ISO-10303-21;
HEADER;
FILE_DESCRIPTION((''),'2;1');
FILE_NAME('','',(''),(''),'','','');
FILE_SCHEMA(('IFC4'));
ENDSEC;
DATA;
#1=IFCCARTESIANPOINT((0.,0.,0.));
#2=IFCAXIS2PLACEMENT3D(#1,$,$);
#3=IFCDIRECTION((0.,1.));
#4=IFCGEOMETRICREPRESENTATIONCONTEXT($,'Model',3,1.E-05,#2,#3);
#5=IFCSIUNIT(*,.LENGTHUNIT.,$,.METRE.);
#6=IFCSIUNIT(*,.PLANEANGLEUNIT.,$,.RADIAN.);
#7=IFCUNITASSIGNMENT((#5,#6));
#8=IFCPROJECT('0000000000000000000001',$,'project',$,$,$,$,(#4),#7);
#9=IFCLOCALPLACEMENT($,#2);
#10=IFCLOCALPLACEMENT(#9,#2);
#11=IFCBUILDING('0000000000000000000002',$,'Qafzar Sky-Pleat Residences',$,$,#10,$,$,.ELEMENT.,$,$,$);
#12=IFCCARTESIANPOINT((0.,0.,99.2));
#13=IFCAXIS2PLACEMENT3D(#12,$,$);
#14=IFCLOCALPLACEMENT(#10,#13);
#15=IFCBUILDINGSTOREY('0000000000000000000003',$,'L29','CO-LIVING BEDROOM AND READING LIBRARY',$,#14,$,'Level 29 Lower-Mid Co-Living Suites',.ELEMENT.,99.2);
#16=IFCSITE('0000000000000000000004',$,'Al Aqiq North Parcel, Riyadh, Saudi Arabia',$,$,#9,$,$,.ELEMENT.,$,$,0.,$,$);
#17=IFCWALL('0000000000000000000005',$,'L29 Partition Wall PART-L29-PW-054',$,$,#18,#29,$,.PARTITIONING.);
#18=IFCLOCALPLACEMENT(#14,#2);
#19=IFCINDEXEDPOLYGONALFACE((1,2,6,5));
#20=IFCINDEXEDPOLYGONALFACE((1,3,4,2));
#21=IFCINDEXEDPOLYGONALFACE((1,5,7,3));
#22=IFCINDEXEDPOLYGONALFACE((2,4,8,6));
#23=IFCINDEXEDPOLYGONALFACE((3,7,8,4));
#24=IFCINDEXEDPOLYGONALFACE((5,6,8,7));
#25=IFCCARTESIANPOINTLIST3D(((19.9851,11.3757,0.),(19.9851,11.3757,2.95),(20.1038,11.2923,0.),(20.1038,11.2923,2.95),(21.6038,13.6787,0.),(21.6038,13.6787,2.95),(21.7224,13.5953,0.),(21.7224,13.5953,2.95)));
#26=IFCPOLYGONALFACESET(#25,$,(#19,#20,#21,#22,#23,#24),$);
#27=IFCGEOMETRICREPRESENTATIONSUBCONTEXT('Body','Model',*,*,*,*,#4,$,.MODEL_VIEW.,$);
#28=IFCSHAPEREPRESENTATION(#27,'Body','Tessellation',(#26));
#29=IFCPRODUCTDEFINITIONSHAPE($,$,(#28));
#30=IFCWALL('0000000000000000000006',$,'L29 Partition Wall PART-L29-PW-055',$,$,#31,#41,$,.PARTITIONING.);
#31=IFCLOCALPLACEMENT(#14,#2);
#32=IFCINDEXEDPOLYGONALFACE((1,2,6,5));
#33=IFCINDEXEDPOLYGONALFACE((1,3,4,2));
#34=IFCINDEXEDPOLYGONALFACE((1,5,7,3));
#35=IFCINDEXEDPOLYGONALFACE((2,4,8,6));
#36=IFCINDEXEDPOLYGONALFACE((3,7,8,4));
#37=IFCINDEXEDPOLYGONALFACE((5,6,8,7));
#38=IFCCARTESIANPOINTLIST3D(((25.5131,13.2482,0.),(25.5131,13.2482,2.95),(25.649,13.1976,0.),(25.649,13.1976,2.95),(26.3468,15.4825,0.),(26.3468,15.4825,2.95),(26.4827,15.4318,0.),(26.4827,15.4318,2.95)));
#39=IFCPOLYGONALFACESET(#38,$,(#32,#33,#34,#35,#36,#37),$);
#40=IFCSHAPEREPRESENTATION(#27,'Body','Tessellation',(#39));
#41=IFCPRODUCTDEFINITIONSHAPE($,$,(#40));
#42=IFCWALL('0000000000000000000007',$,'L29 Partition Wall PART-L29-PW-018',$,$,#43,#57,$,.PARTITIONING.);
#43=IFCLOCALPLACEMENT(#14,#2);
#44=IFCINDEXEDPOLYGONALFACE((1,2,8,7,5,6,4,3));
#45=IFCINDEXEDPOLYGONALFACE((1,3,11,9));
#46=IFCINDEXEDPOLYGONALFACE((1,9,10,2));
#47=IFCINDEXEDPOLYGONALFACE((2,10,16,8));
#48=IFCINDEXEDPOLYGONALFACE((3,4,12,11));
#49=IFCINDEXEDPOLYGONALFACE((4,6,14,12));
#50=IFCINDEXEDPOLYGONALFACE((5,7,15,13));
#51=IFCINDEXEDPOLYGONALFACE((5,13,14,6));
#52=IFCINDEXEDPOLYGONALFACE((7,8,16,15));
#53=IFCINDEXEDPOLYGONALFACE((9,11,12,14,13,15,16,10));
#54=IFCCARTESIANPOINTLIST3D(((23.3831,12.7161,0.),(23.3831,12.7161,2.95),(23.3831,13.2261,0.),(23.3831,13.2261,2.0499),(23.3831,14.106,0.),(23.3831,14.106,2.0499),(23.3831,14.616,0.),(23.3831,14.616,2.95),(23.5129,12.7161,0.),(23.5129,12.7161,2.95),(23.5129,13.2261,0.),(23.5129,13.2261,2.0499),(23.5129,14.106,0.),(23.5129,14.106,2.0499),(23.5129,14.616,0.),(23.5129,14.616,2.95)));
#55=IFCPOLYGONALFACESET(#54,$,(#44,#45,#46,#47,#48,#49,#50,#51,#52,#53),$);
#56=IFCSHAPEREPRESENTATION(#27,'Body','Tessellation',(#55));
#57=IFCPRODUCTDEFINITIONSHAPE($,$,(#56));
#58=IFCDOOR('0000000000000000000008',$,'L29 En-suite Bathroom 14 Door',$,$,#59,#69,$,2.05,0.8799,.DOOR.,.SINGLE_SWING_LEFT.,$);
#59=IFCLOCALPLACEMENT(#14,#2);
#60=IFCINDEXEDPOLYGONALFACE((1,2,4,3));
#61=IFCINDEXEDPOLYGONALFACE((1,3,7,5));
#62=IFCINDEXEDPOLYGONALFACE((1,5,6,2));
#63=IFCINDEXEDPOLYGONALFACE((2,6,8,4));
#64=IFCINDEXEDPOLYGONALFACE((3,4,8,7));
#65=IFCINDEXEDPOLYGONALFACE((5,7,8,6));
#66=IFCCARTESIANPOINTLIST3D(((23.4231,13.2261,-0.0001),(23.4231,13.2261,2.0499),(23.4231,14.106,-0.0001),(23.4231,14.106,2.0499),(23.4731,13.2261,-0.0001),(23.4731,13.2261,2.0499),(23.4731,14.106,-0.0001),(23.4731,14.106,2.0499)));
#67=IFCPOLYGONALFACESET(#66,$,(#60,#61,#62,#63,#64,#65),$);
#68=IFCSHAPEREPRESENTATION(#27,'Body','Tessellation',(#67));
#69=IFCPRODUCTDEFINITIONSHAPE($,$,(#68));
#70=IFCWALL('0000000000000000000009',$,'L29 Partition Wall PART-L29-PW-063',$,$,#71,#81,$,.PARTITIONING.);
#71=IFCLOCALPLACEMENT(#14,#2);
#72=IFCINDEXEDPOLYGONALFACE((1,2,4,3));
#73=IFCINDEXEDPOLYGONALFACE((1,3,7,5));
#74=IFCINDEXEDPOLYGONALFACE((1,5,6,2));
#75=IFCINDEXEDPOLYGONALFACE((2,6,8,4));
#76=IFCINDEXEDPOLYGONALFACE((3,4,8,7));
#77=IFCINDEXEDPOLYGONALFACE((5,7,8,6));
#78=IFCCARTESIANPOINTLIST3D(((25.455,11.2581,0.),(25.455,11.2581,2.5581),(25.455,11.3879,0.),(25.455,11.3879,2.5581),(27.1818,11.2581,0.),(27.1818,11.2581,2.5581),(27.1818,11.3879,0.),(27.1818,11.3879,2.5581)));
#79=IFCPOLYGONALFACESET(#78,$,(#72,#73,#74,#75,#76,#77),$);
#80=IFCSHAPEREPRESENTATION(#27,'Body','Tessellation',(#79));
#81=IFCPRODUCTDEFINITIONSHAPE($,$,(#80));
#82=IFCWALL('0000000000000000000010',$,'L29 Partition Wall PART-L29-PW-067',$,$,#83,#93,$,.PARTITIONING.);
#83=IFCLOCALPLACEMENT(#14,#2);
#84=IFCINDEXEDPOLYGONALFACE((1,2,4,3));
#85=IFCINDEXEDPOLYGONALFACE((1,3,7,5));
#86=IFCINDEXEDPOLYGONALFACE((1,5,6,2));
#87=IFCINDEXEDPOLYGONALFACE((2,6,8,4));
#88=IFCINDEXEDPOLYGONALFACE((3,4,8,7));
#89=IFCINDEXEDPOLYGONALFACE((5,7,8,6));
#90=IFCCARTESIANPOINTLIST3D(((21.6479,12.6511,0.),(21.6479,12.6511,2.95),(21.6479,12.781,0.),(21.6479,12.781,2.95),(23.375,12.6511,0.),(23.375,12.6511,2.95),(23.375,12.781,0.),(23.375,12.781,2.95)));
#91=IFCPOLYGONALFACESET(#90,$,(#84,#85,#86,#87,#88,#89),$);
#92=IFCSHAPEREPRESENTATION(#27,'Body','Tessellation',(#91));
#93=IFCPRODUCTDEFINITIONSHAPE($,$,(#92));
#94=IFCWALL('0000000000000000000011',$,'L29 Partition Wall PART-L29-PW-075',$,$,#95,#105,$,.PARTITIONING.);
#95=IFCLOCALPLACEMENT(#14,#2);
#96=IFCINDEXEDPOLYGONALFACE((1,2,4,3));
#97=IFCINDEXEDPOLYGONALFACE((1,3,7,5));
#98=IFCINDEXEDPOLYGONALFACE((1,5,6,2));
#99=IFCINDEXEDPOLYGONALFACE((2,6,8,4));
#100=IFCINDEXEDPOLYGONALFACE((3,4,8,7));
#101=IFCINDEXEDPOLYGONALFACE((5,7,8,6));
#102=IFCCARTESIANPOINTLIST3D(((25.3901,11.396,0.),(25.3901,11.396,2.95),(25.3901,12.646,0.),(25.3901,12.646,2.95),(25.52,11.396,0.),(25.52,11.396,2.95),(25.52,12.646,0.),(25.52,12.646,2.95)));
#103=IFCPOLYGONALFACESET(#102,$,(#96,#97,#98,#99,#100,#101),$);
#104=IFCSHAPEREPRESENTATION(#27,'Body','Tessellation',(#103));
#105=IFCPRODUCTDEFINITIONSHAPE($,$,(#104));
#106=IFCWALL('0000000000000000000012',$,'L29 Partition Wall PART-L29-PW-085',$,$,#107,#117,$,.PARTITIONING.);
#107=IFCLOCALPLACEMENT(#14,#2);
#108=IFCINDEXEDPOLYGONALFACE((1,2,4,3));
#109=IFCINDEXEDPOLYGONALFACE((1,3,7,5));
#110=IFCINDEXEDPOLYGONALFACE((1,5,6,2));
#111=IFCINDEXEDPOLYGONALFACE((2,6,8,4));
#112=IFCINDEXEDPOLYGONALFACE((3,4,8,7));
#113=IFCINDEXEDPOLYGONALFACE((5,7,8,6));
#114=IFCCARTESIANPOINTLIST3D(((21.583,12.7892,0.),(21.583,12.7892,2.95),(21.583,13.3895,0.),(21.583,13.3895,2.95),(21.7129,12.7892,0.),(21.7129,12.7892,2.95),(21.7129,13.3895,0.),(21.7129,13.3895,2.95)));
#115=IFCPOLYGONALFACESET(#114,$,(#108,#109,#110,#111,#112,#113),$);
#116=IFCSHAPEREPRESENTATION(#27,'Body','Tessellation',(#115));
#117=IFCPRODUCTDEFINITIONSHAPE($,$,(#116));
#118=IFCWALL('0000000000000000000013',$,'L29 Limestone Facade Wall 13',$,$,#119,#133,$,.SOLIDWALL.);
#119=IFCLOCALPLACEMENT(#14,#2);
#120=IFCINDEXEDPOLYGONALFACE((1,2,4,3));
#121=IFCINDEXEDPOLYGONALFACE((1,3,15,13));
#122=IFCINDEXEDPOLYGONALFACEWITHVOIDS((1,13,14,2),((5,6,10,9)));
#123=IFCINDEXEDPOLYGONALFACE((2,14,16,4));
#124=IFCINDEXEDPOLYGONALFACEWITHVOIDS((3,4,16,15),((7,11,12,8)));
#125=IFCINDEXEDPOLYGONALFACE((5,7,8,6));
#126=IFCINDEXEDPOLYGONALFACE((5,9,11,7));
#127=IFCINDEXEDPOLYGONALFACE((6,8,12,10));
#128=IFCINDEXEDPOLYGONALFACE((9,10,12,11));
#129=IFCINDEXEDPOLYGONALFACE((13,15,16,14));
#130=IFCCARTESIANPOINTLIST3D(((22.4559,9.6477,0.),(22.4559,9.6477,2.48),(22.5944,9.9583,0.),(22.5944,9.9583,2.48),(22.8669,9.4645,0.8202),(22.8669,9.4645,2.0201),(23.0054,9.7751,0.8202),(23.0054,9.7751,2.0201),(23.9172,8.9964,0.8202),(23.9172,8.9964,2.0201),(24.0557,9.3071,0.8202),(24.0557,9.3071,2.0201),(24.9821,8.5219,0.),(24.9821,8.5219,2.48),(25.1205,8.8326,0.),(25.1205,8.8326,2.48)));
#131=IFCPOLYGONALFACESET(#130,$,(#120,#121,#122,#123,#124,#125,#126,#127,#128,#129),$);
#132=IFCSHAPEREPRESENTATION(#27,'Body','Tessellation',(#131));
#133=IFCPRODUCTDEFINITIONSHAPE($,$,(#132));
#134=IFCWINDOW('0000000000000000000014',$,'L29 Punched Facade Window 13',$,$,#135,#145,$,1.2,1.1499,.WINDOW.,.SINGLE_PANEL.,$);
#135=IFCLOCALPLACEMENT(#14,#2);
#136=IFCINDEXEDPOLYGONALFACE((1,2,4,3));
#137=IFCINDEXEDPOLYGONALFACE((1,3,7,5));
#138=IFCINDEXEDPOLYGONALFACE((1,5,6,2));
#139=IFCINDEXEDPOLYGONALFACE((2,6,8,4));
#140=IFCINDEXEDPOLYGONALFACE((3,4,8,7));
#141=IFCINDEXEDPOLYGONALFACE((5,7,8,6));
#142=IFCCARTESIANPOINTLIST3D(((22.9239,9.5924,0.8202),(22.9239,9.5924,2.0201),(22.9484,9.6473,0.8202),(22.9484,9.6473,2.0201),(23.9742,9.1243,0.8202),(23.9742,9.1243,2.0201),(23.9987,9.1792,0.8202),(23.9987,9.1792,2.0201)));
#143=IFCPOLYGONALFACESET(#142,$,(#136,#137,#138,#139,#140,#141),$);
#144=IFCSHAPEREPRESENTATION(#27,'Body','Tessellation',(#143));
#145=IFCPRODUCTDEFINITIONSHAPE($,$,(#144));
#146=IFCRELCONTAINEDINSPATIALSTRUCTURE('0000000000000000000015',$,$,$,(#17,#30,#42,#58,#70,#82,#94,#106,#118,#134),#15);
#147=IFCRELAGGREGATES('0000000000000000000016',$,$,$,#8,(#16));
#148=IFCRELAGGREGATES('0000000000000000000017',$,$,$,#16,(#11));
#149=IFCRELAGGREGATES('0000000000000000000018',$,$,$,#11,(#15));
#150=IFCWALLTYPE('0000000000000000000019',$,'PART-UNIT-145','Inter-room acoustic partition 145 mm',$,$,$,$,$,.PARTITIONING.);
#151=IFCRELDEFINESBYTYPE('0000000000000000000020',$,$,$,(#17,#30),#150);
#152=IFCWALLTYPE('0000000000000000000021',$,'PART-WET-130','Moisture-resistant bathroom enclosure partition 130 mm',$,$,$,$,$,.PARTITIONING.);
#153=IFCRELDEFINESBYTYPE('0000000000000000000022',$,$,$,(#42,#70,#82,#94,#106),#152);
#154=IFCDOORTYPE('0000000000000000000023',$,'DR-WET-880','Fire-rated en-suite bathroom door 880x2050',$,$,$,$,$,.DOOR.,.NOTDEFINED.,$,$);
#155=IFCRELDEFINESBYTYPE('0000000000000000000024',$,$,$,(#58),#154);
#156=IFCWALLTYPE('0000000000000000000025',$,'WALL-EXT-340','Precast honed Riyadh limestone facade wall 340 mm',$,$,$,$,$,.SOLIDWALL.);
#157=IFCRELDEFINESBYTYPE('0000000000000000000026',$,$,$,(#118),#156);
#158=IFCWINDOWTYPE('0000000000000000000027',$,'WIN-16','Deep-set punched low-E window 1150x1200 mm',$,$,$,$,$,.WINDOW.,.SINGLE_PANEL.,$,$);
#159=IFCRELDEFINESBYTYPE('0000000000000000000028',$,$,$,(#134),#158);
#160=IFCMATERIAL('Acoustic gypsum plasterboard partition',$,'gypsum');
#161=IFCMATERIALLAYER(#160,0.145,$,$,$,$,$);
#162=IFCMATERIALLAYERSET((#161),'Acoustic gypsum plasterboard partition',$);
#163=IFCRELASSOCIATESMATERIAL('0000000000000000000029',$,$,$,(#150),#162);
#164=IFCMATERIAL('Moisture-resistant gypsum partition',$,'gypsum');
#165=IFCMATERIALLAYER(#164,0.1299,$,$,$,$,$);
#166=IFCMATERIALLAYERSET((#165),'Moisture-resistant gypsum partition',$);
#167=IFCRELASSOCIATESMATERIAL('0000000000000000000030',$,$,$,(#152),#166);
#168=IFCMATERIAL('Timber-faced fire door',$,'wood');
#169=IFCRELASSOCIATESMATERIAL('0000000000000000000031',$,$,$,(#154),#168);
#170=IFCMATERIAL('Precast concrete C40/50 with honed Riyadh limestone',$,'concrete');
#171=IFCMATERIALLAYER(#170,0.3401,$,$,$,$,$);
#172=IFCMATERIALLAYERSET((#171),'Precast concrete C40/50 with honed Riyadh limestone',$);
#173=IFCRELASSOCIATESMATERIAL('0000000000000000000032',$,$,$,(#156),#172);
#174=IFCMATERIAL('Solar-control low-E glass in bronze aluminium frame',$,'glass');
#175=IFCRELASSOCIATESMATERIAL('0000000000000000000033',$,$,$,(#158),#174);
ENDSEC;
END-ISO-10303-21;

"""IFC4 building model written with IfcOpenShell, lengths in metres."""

from ifc_helpers import new_model, si_unit, direction, frame, frame_2d, origin, place, context, subcontext, project, spatial, rectangle, extrude, source, transform, mapped, material, layer, layer_set, type_object, element, fill, save


model = new_model("IFC4")

# Units and contexts
model_context = context("Model", 3, precision=1e-05, world=origin(), true_north=direction((0.0, 1.0)))
body_context = subcontext(model_context, "Body", "Model", "MODEL_VIEW")
ifc_project = project(units=[si_unit("LENGTHUNIT", "METRE"), si_unit("PLANEANGLEUNIT", "RADIAN")], contexts=[model_context])

# Site, building, storey
site_placement = place(None, origin())
site = spatial("IfcSite", under=ifc_project, at=site_placement, Name="Al Aqiq North Parcel, Riyadh, Saudi Arabia", CompositionType="ELEMENT", RefElevation=0.0)
building_placement = place(site_placement, origin())
building = spatial("IfcBuilding", under=site, at=building_placement, Name="Qafzar Sky-Pleat Residences", CompositionType="ELEMENT")
storey_placement = place(building_placement, frame((0.0, 0.0, 99.2)))
storey = spatial("IfcBuildingStorey", under=building, at=storey_placement, Name="L29", Description="CO-LIVING BEDROOM AND READING LIBRARY", LongName="Level 29 Lower-Mid Co-Living Suites", CompositionType="ELEMENT", Elevation=99.2)

# Walls
ifc_material_1 = material(Name="Acoustic gypsum plasterboard partition", Category="gypsum")
ifc_layer_1 = layer(ifc_material_1, 0.145)
ifc_layer_set_1 = layer_set([ifc_layer_1], Name="Acoustic gypsum plasterboard partition")
wall_type_1 = type_object("IfcWallType", Name="PART-UNIT-145", Description="Inter-room acoustic partition 145 mm", PredefinedType="PARTITIONING", material=ifc_layer_set_1)
wall_1_placement = place(storey_placement, frame((20.0444, 11.334, 0.0), z_axis=(0.0, 0.0, 1.0), x_axis=(0.575027, 0.818134, 0.0)))
element("IfcWall", 1, at=wall_1_placement, inside=storey, type_object=wall_type_1, Name="L29 Partition Wall PART-L29-PW-054", PredefinedType="PARTITIONING", context=body_context, shape_type="SweptSolid", body=[
    extrude(rectangle(XDim=2.8149, YDim=0.145, at=frame_2d((1.4075, 0.0))), origin(), (0.0, 0.0, 1.0), 2.95),
])
wall_2_placement = place(storey_placement, frame((25.5811, 13.2229, 0.0), z_axis=(0.0, 0.0, 1.0), x_axis=(0.349597, 0.9369, 0.0)))
element("IfcWall", 2, at=wall_2_placement, inside=storey, type_object=wall_type_1, Name="L29 Partition Wall PART-L29-PW-055", PredefinedType="PARTITIONING", context=body_context, shape_type="SweptSolid", body=[
    extrude(rectangle(XDim=2.3848, YDim=0.145, at=frame_2d((1.1924, 0.0))), origin(), (0.0, 0.0, 1.0), 2.95),
])

# Wall, opening, door
ifc_material_2 = material(Name="Moisture-resistant gypsum partition", Category="gypsum")
ifc_layer_2 = layer(ifc_material_2, 0.1299)
ifc_layer_set_2 = layer_set([ifc_layer_2], Name="Moisture-resistant gypsum partition")
wall_type_2 = type_object("IfcWallType", Name="PART-WET-130", Description="Moisture-resistant bathroom enclosure partition 130 mm", PredefinedType="PARTITIONING", material=ifc_layer_set_2)
wall_3_placement = place(storey_placement, frame((23.448, 12.7161, 0.0), z_axis=(0.0, 0.0, 1.0), x_axis=(0.0, 1.0, 0.0)))
wall_3 = element("IfcWall", 3, at=wall_3_placement, inside=storey, type_object=wall_type_2, Name="L29 Partition Wall PART-L29-PW-018", PredefinedType="PARTITIONING", context=body_context, shape_type="SweptSolid", body=[
    extrude(rectangle(XDim=1.8999, YDim=0.1299, at=frame_2d((0.95, 0.0))), origin(), (0.0, 0.0, 1.0), 2.95),
])
opening_1_placement = place(wall_3_placement, frame((0.51, 0.0, 0.0)))
opening_1 = element("IfcOpeningElement", 4, at=opening_1_placement, cuts=wall_3, PredefinedType="OPENING", context=body_context, shape_type="SweptSolid", body=[
    extrude(rectangle(XDim=0.8799, YDim=2.05, at=frame_2d((0.4399, 1.0249))), frame((0.0, 0.075, 0.0), z_axis=(0.0, -1.0, 0.0), x_axis=(1.0, 0.0, 0.0)), (0.0, 0.0, 1.0), 0.1499),
])
ifc_material_3 = material(Name="Timber-faced fire door", Category="wood")
door_type = type_object("IfcDoorType", Name="DR-WET-880", Description="Fire-rated en-suite bathroom door 880x2050", OperationType="NOTDEFINED", PredefinedType="DOOR", material=ifc_material_3)
shared_shape_1 = source(origin(), body_context, "Body", "SweptSolid", [
    extrude(rectangle(XDim=0.8799, YDim=2.05, at=frame_2d((0.4399, 1.0249))), frame((0.0, 0.0249, 0.0), z_axis=(0.0, -1.0, 0.0), x_axis=(1.0, 0.0, 0.0)), (0.0, 0.0, 1.0), 0.05),
])
door_placement = place(opening_1_placement, origin())
door = element("IfcDoor", 5, at=door_placement, inside=storey, type_object=door_type, Name="L29 En-suite Bathroom 14 Door", OperationType="SINGLE_SWING_LEFT", OverallHeight=2.05, OverallWidth=0.8799, PredefinedType="DOOR", context=body_context, shape_type="MappedRepresentation", body=[
    mapped(shared_shape_1, transform((0.0, 0.0, 0.0), x_axis=(1.0, 0.0, 0.0), y_axis=(0.0, 1.0, 0.0), z_axis=(0.0, 0.0, 1.0), scale=1.0)),
])
fill(opening_1, door)

# Walls
wall_4_placement = place(storey_placement, frame((25.4551, 11.323, 0.0), z_axis=(0.0, 0.0, 1.0), x_axis=(1.0, 0.0, 0.0)))
element("IfcWall", 6, at=wall_4_placement, inside=storey, type_object=wall_type_2, Name="L29 Partition Wall PART-L29-PW-063", PredefinedType="PARTITIONING", context=body_context, shape_type="SweptSolid", body=[
    extrude(rectangle(XDim=1.7268, YDim=0.1299, at=frame_2d((0.8633, 0.0))), origin(), (0.0, 0.0, 1.0), 2.5581),
])
wall_5_placement = place(storey_placement, frame((21.6479, 12.7161, 0.0), z_axis=(0.0, 0.0, 1.0), x_axis=(1.0, 0.0, 0.0)))
element("IfcWall", 7, at=wall_5_placement, inside=storey, type_object=wall_type_2, Name="L29 Partition Wall PART-L29-PW-067", PredefinedType="PARTITIONING", context=body_context, shape_type="SweptSolid", body=[
    extrude(rectangle(XDim=1.7271, YDim=0.1299, at=frame_2d((0.8635, 0.0))), origin(), (0.0, 0.0, 1.0), 2.95),
])
wall_6_placement = place(storey_placement, frame((25.4551, 11.396, 0.0), z_axis=(0.0, 0.0, 1.0), x_axis=(0.0, 1.0, 0.0)))
element("IfcWall", 8, at=wall_6_placement, inside=storey, type_object=wall_type_2, Name="L29 Partition Wall PART-L29-PW-075", PredefinedType="PARTITIONING", context=body_context, shape_type="SweptSolid", body=[
    extrude(rectangle(XDim=1.25, YDim=0.1299, at=frame_2d((0.625, 0.0))), origin(), (0.0, 0.0, 1.0), 2.95),
])
wall_7_placement = place(storey_placement, frame((21.6479, 12.7891, 0.0), z_axis=(0.0, 0.0, 1.0), x_axis=(0.0, 1.0, 0.0)))
element("IfcWall", 9, at=wall_7_placement, inside=storey, type_object=wall_type_2, Name="L29 Partition Wall PART-L29-PW-085", PredefinedType="PARTITIONING", context=body_context, shape_type="SweptSolid", body=[
    extrude(rectangle(XDim=0.6003, YDim=0.1299, at=frame_2d((0.3003, 0.0))), origin(), (0.0, 0.0, 1.0), 2.95),
])

# Wall, opening, window
ifc_material_4 = material(Name="Precast concrete C40/50 with honed Riyadh limestone", Category="concrete")
ifc_layer_3 = layer(ifc_material_4, 0.3401)
ifc_layer_set_3 = layer_set([ifc_layer_3], Name="Precast concrete C40/50 with honed Riyadh limestone")
wall_type_3 = type_object("IfcWallType", Name="WALL-EXT-340", Description="Precast honed Riyadh limestone facade wall 340 mm", PredefinedType="SOLIDWALL", material=ifc_layer_set_3)
wall_8_placement = place(storey_placement, frame((22.5251, 9.803, 0.0), z_axis=(0.0, 0.0, 1.0), x_axis=(0.913407, -0.407047, 0.0)))
wall_8 = element("IfcWall", 10, at=wall_8_placement, inside=storey, type_object=wall_type_3, Name="L29 Limestone Facade Wall 13", PredefinedType="SOLIDWALL", context=body_context, shape_type="SweptSolid", body=[
    extrude(rectangle(XDim=2.7656, YDim=0.3401, at=frame_2d((1.3828, 0.0))), origin(), (0.0, 0.0, 1.0), 2.48),
])
opening_2_placement = place(wall_8_placement, frame((0.45, 0.0, 0.8201)))
opening_2 = element("IfcOpeningElement", 11, at=opening_2_placement, cuts=wall_8, PredefinedType="OPENING", context=body_context, shape_type="SweptSolid", body=[
    extrude(rectangle(XDim=1.1499, YDim=1.2, at=frame_2d((0.575, 0.6001))), frame((0.0, 0.1802, 0.0), z_axis=(0.0, -1.0, 0.0), x_axis=(1.0, 0.0, 0.0)), (0.0, 0.0, 1.0), 0.3601),
])
ifc_material_5 = material(Name="Solar-control low-E glass in bronze aluminium frame", Category="glass")
window_type_1 = type_object("IfcWindowType", Name="WIN-16", Description="Deep-set punched low-E window 1150x1200 mm", PartitioningType="SINGLE_PANEL", PredefinedType="WINDOW", material=ifc_material_5)
shared_shape_2 = source(origin(), body_context, "Body", "SweptSolid", [
    extrude(rectangle(XDim=1.1499, YDim=1.2, at=frame_2d((0.575, 0.6001))), frame((0.0, 0.03, 0.0), z_axis=(0.0, -1.0, 0.0), x_axis=(1.0, 0.0, 0.0)), (0.0, 0.0, 1.0), 0.0601),
])
window_1_placement = place(opening_2_placement, origin())
window_1 = element("IfcWindow", 12, at=window_1_placement, inside=storey, type_object=window_type_1, Name="L29 Punched Facade Window 13", OverallHeight=1.2, OverallWidth=1.1499, PartitioningType="SINGLE_PANEL", PredefinedType="WINDOW", context=body_context, shape_type="MappedRepresentation", body=[
    mapped(shared_shape_2, transform((0.0, 0.0, 0.0), x_axis=(1.0, 0.0, 0.0), y_axis=(0.0, 1.0, 0.0), z_axis=(0.0, 0.0, 1.0), scale=1.0)),
])
fill(opening_2, window_1)

save(model, "model.ifc")
